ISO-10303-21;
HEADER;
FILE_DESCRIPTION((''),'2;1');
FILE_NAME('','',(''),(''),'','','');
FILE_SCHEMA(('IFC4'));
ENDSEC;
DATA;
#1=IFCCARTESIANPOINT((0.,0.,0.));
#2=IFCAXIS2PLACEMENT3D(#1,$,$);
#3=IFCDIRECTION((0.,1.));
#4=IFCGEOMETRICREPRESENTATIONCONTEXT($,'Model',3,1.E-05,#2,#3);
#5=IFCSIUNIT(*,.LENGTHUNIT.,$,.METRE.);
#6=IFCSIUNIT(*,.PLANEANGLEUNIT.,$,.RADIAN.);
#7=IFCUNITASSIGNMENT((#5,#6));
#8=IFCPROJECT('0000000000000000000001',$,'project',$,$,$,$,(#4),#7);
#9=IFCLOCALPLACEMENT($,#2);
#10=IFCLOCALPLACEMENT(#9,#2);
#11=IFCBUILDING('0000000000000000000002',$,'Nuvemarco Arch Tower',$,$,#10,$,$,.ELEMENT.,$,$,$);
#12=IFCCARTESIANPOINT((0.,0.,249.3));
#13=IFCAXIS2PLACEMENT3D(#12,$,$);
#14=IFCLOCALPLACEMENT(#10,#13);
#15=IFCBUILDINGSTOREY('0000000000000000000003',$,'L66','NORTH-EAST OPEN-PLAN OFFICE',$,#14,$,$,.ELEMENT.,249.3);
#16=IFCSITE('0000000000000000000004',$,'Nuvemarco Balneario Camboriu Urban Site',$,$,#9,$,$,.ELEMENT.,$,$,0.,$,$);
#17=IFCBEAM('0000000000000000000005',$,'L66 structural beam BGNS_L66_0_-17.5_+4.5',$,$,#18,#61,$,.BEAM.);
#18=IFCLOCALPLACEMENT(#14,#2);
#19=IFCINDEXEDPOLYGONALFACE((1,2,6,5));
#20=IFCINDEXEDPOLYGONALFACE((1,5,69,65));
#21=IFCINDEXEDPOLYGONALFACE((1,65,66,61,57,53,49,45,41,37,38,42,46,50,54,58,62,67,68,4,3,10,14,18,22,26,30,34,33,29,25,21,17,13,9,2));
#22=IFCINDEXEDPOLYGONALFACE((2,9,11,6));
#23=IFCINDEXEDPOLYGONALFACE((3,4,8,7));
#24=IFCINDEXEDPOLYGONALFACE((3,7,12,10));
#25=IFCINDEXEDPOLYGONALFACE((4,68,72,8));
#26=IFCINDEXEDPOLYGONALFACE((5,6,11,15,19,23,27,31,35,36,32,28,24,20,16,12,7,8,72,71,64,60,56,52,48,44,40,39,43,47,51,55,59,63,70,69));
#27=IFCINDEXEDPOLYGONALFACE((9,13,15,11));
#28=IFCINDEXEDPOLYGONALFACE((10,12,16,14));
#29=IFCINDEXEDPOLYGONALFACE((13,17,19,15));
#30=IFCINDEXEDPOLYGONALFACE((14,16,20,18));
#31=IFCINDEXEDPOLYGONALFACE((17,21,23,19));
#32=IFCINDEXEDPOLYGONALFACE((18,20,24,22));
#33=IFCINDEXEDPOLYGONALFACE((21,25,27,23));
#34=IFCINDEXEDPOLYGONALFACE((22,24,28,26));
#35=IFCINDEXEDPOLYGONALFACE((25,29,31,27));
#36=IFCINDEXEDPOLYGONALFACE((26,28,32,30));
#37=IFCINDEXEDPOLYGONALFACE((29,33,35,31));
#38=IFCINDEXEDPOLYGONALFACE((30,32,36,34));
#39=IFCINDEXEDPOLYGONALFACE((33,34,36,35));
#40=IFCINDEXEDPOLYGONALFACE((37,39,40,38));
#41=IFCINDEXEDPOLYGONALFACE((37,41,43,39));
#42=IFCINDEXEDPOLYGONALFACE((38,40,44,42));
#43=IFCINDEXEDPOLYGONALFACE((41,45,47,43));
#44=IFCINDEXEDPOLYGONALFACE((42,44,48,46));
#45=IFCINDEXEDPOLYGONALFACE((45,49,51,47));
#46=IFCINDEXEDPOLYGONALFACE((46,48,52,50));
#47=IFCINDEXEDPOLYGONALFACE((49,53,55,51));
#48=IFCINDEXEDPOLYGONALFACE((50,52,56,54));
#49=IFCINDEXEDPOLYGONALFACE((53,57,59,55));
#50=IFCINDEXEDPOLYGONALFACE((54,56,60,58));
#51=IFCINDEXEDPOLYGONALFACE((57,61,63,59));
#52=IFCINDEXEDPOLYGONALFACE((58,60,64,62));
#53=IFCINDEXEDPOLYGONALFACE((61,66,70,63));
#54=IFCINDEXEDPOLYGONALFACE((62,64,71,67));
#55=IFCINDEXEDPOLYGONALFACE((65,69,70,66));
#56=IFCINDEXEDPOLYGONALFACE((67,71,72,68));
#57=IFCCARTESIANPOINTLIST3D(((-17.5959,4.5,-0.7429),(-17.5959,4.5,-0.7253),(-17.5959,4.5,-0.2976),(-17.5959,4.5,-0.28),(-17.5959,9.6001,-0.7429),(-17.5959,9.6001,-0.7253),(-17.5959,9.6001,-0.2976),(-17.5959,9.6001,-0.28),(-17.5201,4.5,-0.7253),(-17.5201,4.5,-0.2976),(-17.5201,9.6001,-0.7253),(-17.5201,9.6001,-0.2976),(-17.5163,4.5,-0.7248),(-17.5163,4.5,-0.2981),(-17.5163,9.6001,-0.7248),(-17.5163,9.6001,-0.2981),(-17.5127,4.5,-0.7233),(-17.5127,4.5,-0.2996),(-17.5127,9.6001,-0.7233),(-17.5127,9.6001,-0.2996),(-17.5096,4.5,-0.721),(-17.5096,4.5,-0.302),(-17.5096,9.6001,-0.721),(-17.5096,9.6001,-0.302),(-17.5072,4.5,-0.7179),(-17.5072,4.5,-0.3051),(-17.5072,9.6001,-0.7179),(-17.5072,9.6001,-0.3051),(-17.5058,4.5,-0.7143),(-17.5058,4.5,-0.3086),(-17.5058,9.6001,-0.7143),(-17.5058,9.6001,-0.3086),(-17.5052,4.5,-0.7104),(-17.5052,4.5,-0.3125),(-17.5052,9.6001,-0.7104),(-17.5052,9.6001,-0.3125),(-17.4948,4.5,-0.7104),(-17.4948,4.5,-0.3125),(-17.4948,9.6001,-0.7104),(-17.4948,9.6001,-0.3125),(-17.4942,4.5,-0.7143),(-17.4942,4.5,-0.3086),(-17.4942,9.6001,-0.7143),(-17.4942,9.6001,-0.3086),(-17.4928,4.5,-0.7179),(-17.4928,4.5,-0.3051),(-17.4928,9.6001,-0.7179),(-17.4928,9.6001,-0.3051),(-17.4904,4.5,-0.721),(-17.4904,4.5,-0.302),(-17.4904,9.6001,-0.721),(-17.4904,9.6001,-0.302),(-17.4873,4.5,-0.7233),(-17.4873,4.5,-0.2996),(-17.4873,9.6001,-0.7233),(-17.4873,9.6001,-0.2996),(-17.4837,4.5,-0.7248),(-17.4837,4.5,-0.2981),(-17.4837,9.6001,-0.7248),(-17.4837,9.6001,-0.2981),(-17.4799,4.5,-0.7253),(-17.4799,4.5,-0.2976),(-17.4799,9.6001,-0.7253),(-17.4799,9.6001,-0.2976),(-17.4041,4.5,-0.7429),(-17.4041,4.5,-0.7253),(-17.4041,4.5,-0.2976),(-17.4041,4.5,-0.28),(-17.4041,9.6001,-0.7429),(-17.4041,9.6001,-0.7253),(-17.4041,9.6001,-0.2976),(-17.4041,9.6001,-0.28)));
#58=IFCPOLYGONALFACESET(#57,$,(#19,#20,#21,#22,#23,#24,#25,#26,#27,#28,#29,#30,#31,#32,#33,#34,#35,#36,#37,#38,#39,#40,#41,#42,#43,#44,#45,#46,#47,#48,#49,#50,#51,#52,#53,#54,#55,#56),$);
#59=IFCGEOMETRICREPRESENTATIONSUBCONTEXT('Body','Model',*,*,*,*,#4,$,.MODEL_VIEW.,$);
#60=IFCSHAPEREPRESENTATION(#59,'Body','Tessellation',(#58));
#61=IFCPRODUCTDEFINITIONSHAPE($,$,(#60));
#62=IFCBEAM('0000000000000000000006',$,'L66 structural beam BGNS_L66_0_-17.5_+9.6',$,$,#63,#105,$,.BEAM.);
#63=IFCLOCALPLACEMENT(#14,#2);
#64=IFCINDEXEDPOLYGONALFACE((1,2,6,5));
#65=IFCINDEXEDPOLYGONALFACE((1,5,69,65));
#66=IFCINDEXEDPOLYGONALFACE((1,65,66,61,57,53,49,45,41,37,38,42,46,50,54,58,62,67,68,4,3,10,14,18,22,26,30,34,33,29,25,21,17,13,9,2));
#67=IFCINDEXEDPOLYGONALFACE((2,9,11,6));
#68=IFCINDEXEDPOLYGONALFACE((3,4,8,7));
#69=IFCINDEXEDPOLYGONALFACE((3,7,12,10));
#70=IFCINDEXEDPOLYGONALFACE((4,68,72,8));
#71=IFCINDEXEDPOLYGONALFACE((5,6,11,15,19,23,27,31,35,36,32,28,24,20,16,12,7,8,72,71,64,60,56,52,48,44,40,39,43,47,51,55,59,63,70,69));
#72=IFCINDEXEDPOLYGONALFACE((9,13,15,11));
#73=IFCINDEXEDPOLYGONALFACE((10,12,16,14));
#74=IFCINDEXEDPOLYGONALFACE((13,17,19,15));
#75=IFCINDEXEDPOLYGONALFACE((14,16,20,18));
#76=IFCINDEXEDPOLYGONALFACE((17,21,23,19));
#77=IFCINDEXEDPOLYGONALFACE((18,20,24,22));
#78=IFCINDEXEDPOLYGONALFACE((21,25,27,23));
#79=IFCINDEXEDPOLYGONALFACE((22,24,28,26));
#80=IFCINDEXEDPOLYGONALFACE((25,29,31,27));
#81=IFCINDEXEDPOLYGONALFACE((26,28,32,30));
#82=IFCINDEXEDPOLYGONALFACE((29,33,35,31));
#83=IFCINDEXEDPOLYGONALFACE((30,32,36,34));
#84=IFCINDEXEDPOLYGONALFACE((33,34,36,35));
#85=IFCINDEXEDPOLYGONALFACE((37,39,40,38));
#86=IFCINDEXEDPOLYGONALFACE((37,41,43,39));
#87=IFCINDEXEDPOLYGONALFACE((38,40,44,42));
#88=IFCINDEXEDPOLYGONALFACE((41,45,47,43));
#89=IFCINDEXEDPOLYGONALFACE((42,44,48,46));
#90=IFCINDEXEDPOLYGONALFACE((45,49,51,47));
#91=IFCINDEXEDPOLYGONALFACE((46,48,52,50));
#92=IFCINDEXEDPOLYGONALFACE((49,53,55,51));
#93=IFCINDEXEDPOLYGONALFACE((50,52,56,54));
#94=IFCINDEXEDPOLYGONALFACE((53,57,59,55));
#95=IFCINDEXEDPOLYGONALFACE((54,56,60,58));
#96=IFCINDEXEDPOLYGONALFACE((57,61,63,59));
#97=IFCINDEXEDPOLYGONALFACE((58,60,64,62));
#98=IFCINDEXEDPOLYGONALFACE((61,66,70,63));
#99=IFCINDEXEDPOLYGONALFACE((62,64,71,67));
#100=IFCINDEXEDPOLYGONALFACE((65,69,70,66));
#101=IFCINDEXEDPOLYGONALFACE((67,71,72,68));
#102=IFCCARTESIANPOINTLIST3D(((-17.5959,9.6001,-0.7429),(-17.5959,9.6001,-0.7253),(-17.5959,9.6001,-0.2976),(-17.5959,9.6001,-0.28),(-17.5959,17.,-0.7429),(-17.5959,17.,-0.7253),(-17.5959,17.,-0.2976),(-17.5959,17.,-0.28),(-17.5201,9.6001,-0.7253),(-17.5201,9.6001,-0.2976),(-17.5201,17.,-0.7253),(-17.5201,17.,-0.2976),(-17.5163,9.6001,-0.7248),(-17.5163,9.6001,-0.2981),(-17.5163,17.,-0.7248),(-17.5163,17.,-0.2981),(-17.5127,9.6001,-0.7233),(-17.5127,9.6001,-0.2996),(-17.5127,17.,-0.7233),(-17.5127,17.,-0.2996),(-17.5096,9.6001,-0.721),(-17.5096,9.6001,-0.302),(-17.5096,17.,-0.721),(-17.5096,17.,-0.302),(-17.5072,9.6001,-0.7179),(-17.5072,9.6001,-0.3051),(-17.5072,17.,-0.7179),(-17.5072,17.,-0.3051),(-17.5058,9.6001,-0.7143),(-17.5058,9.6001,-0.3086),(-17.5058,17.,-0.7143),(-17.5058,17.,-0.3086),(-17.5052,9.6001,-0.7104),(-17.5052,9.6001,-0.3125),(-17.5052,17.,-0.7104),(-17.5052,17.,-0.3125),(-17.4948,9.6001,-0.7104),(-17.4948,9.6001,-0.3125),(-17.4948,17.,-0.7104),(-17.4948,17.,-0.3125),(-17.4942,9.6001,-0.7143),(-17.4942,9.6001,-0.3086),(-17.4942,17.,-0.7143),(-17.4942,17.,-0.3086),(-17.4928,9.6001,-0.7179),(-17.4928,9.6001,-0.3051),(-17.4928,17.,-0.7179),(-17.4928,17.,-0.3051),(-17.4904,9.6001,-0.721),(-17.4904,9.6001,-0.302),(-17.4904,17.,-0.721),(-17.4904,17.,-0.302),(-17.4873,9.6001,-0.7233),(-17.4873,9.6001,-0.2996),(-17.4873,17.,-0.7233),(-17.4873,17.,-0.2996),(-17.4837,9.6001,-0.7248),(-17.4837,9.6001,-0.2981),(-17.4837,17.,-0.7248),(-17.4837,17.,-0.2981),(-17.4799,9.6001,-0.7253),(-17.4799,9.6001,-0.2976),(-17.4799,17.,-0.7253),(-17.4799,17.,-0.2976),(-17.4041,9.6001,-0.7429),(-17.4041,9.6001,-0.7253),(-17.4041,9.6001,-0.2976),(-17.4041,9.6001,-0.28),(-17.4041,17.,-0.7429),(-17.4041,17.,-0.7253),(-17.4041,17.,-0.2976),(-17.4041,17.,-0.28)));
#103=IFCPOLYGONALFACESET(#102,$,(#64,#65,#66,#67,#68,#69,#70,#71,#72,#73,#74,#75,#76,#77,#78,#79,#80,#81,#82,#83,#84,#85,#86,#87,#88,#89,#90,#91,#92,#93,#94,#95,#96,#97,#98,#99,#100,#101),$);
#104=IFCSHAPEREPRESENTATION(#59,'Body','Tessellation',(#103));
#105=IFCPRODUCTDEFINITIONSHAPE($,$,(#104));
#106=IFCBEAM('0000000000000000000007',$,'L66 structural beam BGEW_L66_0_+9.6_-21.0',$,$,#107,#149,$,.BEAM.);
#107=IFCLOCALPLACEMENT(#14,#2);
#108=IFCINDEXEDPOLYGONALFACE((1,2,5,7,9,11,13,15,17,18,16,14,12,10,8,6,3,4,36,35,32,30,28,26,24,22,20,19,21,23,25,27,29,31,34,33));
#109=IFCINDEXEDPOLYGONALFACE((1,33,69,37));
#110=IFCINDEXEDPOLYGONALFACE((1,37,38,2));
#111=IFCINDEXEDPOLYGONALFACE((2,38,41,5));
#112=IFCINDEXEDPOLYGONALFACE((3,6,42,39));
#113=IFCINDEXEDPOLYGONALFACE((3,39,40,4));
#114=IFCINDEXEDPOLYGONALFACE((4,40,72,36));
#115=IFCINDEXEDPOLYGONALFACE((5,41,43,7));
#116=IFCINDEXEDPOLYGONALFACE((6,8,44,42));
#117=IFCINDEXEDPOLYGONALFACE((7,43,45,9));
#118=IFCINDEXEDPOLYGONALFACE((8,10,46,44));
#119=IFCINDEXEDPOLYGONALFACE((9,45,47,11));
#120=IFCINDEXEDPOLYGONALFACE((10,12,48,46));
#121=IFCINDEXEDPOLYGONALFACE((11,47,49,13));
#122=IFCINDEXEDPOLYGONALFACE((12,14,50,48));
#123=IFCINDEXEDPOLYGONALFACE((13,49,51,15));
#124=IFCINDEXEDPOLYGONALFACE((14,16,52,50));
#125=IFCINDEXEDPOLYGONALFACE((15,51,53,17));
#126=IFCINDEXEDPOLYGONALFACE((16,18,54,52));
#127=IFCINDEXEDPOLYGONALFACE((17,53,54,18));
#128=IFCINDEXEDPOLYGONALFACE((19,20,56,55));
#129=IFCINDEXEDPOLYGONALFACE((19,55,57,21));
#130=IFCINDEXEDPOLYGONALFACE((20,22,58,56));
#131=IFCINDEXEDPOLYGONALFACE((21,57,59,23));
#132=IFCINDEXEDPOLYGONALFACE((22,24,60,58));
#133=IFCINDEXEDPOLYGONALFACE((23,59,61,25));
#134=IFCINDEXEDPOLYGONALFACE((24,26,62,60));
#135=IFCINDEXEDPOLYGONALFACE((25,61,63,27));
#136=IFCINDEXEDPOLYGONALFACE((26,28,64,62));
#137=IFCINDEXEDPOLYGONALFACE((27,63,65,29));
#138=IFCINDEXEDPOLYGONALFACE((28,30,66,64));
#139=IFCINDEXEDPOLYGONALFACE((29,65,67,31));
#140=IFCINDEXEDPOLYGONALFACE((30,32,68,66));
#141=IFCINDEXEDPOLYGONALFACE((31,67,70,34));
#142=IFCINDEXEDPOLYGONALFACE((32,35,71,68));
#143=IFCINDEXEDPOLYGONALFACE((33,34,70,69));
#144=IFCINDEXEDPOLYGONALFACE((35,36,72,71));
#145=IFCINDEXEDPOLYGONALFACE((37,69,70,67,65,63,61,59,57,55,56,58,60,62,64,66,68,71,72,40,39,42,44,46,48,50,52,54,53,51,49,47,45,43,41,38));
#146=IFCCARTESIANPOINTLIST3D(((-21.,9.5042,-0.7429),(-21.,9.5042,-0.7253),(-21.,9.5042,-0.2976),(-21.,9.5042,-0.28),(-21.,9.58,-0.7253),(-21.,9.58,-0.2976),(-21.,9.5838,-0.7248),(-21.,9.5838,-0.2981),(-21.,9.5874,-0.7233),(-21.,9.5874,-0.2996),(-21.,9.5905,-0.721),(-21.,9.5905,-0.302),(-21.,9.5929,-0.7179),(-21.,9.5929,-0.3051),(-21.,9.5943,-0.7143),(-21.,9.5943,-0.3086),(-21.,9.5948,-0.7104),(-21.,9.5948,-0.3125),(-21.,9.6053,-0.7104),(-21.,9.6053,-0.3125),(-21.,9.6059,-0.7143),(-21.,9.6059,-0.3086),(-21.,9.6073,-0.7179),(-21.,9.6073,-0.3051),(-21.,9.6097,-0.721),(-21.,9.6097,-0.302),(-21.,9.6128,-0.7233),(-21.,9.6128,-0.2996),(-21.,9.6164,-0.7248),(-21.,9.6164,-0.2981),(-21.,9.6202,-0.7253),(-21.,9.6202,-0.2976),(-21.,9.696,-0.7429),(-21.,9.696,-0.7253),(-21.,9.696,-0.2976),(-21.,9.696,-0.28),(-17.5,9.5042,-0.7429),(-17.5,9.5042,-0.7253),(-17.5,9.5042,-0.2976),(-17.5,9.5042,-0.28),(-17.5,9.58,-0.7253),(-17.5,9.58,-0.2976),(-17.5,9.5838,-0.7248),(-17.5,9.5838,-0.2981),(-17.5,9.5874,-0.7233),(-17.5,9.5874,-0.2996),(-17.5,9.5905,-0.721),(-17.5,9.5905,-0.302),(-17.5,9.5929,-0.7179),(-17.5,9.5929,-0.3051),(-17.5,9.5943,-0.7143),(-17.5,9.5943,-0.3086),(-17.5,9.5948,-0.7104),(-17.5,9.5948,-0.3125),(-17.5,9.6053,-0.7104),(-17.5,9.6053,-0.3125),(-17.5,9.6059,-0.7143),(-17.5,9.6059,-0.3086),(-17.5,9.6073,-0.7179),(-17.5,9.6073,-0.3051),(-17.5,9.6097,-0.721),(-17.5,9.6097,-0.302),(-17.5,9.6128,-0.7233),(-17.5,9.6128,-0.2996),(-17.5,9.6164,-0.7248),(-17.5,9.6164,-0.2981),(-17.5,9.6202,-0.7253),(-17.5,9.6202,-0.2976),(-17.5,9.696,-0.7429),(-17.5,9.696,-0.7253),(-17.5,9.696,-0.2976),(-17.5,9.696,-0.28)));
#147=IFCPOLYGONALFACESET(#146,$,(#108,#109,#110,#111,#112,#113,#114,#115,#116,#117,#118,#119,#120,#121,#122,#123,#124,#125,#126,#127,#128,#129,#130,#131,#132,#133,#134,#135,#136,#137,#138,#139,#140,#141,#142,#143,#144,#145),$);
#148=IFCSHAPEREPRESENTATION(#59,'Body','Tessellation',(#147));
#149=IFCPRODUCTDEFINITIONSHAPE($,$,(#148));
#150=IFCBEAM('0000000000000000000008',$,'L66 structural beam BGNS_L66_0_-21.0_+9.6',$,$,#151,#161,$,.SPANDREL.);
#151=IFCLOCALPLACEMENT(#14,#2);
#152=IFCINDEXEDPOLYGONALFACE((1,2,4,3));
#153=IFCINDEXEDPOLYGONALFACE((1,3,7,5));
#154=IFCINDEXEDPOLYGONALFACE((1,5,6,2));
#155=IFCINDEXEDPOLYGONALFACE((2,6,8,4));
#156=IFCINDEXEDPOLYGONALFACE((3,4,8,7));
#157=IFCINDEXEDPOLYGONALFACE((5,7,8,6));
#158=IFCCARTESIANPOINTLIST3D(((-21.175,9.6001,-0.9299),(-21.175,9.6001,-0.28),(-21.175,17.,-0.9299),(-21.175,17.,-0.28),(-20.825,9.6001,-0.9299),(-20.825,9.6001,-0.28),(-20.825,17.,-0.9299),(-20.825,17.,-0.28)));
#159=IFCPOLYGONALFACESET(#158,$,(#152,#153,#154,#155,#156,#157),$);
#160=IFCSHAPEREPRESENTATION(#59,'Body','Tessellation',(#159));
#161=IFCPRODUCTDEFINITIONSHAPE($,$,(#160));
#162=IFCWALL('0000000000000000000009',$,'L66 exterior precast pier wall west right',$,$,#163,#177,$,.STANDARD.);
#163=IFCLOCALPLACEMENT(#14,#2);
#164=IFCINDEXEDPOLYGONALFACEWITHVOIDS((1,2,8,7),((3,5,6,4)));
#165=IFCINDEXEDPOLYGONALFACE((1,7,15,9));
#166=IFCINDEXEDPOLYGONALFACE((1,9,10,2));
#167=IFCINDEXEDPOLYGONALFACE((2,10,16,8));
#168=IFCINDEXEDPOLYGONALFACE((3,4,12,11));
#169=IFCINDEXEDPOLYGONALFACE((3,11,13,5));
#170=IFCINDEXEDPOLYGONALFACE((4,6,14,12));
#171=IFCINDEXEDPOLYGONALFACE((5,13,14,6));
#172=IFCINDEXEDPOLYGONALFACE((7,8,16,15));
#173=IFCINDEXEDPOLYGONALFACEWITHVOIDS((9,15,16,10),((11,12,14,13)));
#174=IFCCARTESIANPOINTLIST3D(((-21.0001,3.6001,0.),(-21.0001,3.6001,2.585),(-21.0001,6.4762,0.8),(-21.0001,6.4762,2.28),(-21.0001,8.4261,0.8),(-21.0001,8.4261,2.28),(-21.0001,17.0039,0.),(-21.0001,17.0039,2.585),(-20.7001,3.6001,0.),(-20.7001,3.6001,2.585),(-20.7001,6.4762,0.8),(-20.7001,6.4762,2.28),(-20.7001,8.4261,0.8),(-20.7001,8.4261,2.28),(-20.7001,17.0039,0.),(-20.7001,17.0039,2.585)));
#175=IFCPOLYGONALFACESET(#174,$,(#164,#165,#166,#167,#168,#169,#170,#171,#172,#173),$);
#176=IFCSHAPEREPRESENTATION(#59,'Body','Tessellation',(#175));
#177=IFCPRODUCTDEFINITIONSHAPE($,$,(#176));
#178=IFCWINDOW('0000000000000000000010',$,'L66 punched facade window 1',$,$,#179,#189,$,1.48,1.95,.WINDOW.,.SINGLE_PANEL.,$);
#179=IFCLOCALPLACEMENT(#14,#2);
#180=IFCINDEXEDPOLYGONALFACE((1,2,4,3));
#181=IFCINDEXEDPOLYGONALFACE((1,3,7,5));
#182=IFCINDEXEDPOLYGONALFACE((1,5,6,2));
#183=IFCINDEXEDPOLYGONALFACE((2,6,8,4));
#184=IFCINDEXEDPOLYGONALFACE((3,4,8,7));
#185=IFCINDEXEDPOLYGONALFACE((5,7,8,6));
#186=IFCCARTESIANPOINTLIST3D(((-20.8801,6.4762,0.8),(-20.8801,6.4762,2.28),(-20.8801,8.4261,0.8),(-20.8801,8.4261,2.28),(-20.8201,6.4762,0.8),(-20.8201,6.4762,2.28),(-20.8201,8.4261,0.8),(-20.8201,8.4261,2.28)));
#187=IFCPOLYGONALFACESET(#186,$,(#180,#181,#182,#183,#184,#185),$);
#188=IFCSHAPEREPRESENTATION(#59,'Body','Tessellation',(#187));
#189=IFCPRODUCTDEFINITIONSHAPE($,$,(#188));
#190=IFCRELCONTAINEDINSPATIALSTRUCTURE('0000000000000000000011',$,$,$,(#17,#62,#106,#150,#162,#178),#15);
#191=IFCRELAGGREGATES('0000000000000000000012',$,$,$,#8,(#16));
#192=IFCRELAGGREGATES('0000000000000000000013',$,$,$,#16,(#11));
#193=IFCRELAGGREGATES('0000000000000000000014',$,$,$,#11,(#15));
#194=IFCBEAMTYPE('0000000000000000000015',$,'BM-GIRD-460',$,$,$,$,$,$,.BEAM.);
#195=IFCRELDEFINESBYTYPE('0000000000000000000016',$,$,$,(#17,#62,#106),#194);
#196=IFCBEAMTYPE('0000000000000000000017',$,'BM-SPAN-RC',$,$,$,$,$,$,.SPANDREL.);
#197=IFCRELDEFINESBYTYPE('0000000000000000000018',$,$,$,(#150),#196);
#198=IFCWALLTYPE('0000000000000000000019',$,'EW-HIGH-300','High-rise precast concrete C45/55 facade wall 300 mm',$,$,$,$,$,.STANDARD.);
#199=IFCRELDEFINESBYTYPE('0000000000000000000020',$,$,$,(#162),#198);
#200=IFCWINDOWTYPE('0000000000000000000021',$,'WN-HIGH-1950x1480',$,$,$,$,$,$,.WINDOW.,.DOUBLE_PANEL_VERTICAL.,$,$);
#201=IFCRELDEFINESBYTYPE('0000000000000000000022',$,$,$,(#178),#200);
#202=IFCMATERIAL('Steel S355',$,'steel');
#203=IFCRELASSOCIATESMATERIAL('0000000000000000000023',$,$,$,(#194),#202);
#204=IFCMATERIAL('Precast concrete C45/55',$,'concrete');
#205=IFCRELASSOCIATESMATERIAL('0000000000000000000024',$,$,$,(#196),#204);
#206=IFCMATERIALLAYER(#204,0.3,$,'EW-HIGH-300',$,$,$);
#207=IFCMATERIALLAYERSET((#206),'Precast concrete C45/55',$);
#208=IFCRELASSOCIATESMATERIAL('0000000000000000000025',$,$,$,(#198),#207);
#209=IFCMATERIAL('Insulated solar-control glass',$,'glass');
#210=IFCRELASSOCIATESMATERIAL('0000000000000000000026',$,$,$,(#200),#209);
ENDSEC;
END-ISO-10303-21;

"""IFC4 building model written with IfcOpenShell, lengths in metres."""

from ifc_helpers import new_model, si_unit, direction, frame, frame_2d, origin, origin_2d, place, context, subcontext, project, spatial, rectangle, i_section, extrude, source, transform, mapped, material, layer, layer_set, material_profile, profile_set, type_object, type_shapes, element, fill, save


model = new_model("IFC4")

# Units and contexts
model_context = context("Model", 3, precision=1e-05, world=origin(), true_north=direction((0.0, 1.0)))
body_context = subcontext(model_context, "Body", "Model", "MODEL_VIEW")
ifc_project = project(units=[si_unit("LENGTHUNIT", "METRE"), si_unit("PLANEANGLEUNIT", "RADIAN")], contexts=[model_context])

# Site, building, storey
site_placement = place(None, origin())
site = spatial("IfcSite", under=ifc_project, at=site_placement, Name="Nuvemarco Balneario Camboriu Urban Site", CompositionType="ELEMENT", RefElevation=0.0)
building_placement = place(site_placement, origin())
building = spatial("IfcBuilding", under=site, at=building_placement, Name="Nuvemarco Arch Tower", CompositionType="ELEMENT")
storey_placement = place(building_placement, frame((0.0, 0.0, 249.3)))
storey = spatial("IfcBuildingStorey", under=building, at=storey_placement, Name="L66", Description="NORTH-EAST OPEN-PLAN OFFICE", CompositionType="ELEMENT", Elevation=249.3)

# Shared definitions
ifc_material_1 = material(Name="Steel S355", Category="steel")

# Beams
ifc_material_profile_1 = material_profile(ifc_material_1, i_section(OverallWidth=0.1919, OverallDepth=0.4629, WebThickness=0.0105, FlangeThickness=0.0176, FilletRadius=0.0149, at=origin_2d()), Name="W460x89")
ifc_profile_set_1 = profile_set([ifc_material_profile_1], Name="Steel S355")
beam_type_1 = type_object("IfcBeamType", Name="BM-GIRD-460", PredefinedType="BEAM", material=ifc_profile_set_1)
beam_1_placement = place(storey_placement, frame((-17.5, 4.5, -0.5115), z_axis=(0.0, 1.0, 0.0), x_axis=(-1.0, 0.0, 0.0)))
element("IfcBeam", 1, at=beam_1_placement, inside=storey, type_object=beam_type_1, Name="L66 structural beam BGNS_L66_0_-17.5_+4.5", PredefinedType="BEAM", context=body_context, shape_type="SweptSolid", body=[
    extrude(i_section(OverallWidth=0.1919, OverallDepth=0.4629, WebThickness=0.0105, FlangeThickness=0.0176, FilletRadius=0.0149, at=origin_2d()), origin(), (0.0, 0.0, 1.0), 5.1001),
])
beam_2_placement = place(storey_placement, frame((-17.5, 9.6001, -0.5115), z_axis=(0.0, 1.0, 0.0), x_axis=(-1.0, 0.0, 0.0)))
element("IfcBeam", 2, at=beam_2_placement, inside=storey, type_object=beam_type_1, Name="L66 structural beam BGNS_L66_0_-17.5_+9.6", PredefinedType="BEAM", context=body_context, shape_type="SweptSolid", body=[
    extrude(i_section(OverallWidth=0.1919, OverallDepth=0.4629, WebThickness=0.0105, FlangeThickness=0.0176, FilletRadius=0.0149, at=origin_2d()), origin(), (0.0, 0.0, 1.0), 7.3999),
])
beam_3_placement = place(storey_placement, frame((-21.0, 9.6001, -0.5115), z_axis=(1.0, 0.0, 0.0), x_axis=(0.0, 1.0, 0.0)))
element("IfcBeam", 3, at=beam_3_placement, inside=storey, type_object=beam_type_1, Name="L66 structural beam BGEW_L66_0_+9.6_-21.0", PredefinedType="BEAM", context=body_context, shape_type="SweptSolid", body=[
    extrude(i_section(OverallWidth=0.1919, OverallDepth=0.4629, WebThickness=0.0105, FlangeThickness=0.0176, FilletRadius=0.0149, at=origin_2d()), origin(), (0.0, 0.0, 1.0), 3.5),
])
ifc_material_2 = material(Name="Precast concrete C45/55", Category="concrete")
ifc_material_profile_2 = material_profile(ifc_material_2, rectangle(XDim=0.3501, YDim=0.6499, at=origin_2d()), Name="PC-SP-350x650")
ifc_profile_set_2 = profile_set([ifc_material_profile_2], Name="Precast concrete C45/55")
beam_type_2 = type_object("IfcBeamType", Name="BM-SPAN-RC", PredefinedType="SPANDREL", material=ifc_profile_set_2)
beam_4_placement = place(storey_placement, frame((-21.0, 9.6001, -0.605), z_axis=(0.0, 1.0, 0.0), x_axis=(-1.0, 0.0, 0.0)))
element("IfcBeam", 4, at=beam_4_placement, inside=storey, type_object=beam_type_2, Name="L66 structural beam BGNS_L66_0_-21.0_+9.6", PredefinedType="SPANDREL", context=body_context, shape_type="SweptSolid", body=[
    extrude(rectangle(XDim=0.3501, YDim=0.6499, at=origin_2d()), origin(), (0.0, 0.0, 1.0), 7.3999),
])

# Wall, opening, window
ifc_layer_1 = layer(ifc_material_2, 0.3, Name="EW-HIGH-300")
ifc_layer_set_1 = layer_set([ifc_layer_1], Name="Precast concrete C45/55")
wall_type_1 = type_object("IfcWallType", Name="EW-HIGH-300", Description="High-rise precast concrete C45/55 facade wall 300 mm", PredefinedType="STANDARD", material=ifc_layer_set_1)
wall_1_placement = place(storey_placement, frame((-20.8501, 3.6001, 0.0), z_axis=(0.0, 0.0, 1.0), x_axis=(0.0, 1.0, 0.0)))
wall_1 = element("IfcWall", 5, at=wall_1_placement, inside=storey, type_object=wall_type_1, Name="L66 exterior precast pier wall west right", PredefinedType="STANDARD", context=body_context, shape_type="SweptSolid", body=[
    extrude(rectangle(XDim=13.4038, YDim=0.3, at=frame_2d((6.7019, 0.0))), origin(), (0.0, 0.0, 1.0), 2.585),
])
opening_placement = place(wall_1_placement, frame((2.876, 0.0, 0.8)))
opening = element("IfcOpeningElement", 6, at=opening_placement, cuts=wall_1, PredefinedType="OPENING", context=body_context, shape_type="SweptSolid", body=[
    extrude(rectangle(XDim=1.95, YDim=1.48, at=frame_2d((0.9751, 0.74))), frame((0.0, 0.1599, 0.0), z_axis=(0.0, -1.0, 0.0), x_axis=(1.0, 0.0, 0.0)), (0.0, 0.0, 1.0), 0.3201),
])
ifc_material_3 = material(Name="Insulated solar-control glass", Category="glass")
window_type = type_object("IfcWindowType", Name="WN-HIGH-1950x1480", PartitioningType="DOUBLE_PANEL_VERTICAL", PredefinedType="WINDOW", material=ifc_material_3)
shared_shape_1 = source(origin(), body_context, "Body", "SweptSolid", [
    extrude(rectangle(XDim=1.95, YDim=1.48, at=frame_2d((0.9751, 0.74))), frame((0.0, 0.03, 0.0), z_axis=(0.0, -1.0, 0.0), x_axis=(1.0, 0.0, 0.0)), (0.0, 0.0, 1.0), 0.0601),
])
type_shapes(window_type, [shared_shape_1])
window_placement = place(opening_placement, origin())
window = element("IfcWindow", 7, at=window_placement, inside=storey, type_object=window_type, Name="L66 punched facade window 1", OverallHeight=1.48, OverallWidth=1.95, PartitioningType="SINGLE_PANEL", PredefinedType="WINDOW", context=body_context, shape_type="MappedRepresentation", body=[
    mapped(shared_shape_1, transform((0.0, 0.0, 0.0), scale=1.0)),
])
fill(opening, window)

save(model, "model.ifc")
